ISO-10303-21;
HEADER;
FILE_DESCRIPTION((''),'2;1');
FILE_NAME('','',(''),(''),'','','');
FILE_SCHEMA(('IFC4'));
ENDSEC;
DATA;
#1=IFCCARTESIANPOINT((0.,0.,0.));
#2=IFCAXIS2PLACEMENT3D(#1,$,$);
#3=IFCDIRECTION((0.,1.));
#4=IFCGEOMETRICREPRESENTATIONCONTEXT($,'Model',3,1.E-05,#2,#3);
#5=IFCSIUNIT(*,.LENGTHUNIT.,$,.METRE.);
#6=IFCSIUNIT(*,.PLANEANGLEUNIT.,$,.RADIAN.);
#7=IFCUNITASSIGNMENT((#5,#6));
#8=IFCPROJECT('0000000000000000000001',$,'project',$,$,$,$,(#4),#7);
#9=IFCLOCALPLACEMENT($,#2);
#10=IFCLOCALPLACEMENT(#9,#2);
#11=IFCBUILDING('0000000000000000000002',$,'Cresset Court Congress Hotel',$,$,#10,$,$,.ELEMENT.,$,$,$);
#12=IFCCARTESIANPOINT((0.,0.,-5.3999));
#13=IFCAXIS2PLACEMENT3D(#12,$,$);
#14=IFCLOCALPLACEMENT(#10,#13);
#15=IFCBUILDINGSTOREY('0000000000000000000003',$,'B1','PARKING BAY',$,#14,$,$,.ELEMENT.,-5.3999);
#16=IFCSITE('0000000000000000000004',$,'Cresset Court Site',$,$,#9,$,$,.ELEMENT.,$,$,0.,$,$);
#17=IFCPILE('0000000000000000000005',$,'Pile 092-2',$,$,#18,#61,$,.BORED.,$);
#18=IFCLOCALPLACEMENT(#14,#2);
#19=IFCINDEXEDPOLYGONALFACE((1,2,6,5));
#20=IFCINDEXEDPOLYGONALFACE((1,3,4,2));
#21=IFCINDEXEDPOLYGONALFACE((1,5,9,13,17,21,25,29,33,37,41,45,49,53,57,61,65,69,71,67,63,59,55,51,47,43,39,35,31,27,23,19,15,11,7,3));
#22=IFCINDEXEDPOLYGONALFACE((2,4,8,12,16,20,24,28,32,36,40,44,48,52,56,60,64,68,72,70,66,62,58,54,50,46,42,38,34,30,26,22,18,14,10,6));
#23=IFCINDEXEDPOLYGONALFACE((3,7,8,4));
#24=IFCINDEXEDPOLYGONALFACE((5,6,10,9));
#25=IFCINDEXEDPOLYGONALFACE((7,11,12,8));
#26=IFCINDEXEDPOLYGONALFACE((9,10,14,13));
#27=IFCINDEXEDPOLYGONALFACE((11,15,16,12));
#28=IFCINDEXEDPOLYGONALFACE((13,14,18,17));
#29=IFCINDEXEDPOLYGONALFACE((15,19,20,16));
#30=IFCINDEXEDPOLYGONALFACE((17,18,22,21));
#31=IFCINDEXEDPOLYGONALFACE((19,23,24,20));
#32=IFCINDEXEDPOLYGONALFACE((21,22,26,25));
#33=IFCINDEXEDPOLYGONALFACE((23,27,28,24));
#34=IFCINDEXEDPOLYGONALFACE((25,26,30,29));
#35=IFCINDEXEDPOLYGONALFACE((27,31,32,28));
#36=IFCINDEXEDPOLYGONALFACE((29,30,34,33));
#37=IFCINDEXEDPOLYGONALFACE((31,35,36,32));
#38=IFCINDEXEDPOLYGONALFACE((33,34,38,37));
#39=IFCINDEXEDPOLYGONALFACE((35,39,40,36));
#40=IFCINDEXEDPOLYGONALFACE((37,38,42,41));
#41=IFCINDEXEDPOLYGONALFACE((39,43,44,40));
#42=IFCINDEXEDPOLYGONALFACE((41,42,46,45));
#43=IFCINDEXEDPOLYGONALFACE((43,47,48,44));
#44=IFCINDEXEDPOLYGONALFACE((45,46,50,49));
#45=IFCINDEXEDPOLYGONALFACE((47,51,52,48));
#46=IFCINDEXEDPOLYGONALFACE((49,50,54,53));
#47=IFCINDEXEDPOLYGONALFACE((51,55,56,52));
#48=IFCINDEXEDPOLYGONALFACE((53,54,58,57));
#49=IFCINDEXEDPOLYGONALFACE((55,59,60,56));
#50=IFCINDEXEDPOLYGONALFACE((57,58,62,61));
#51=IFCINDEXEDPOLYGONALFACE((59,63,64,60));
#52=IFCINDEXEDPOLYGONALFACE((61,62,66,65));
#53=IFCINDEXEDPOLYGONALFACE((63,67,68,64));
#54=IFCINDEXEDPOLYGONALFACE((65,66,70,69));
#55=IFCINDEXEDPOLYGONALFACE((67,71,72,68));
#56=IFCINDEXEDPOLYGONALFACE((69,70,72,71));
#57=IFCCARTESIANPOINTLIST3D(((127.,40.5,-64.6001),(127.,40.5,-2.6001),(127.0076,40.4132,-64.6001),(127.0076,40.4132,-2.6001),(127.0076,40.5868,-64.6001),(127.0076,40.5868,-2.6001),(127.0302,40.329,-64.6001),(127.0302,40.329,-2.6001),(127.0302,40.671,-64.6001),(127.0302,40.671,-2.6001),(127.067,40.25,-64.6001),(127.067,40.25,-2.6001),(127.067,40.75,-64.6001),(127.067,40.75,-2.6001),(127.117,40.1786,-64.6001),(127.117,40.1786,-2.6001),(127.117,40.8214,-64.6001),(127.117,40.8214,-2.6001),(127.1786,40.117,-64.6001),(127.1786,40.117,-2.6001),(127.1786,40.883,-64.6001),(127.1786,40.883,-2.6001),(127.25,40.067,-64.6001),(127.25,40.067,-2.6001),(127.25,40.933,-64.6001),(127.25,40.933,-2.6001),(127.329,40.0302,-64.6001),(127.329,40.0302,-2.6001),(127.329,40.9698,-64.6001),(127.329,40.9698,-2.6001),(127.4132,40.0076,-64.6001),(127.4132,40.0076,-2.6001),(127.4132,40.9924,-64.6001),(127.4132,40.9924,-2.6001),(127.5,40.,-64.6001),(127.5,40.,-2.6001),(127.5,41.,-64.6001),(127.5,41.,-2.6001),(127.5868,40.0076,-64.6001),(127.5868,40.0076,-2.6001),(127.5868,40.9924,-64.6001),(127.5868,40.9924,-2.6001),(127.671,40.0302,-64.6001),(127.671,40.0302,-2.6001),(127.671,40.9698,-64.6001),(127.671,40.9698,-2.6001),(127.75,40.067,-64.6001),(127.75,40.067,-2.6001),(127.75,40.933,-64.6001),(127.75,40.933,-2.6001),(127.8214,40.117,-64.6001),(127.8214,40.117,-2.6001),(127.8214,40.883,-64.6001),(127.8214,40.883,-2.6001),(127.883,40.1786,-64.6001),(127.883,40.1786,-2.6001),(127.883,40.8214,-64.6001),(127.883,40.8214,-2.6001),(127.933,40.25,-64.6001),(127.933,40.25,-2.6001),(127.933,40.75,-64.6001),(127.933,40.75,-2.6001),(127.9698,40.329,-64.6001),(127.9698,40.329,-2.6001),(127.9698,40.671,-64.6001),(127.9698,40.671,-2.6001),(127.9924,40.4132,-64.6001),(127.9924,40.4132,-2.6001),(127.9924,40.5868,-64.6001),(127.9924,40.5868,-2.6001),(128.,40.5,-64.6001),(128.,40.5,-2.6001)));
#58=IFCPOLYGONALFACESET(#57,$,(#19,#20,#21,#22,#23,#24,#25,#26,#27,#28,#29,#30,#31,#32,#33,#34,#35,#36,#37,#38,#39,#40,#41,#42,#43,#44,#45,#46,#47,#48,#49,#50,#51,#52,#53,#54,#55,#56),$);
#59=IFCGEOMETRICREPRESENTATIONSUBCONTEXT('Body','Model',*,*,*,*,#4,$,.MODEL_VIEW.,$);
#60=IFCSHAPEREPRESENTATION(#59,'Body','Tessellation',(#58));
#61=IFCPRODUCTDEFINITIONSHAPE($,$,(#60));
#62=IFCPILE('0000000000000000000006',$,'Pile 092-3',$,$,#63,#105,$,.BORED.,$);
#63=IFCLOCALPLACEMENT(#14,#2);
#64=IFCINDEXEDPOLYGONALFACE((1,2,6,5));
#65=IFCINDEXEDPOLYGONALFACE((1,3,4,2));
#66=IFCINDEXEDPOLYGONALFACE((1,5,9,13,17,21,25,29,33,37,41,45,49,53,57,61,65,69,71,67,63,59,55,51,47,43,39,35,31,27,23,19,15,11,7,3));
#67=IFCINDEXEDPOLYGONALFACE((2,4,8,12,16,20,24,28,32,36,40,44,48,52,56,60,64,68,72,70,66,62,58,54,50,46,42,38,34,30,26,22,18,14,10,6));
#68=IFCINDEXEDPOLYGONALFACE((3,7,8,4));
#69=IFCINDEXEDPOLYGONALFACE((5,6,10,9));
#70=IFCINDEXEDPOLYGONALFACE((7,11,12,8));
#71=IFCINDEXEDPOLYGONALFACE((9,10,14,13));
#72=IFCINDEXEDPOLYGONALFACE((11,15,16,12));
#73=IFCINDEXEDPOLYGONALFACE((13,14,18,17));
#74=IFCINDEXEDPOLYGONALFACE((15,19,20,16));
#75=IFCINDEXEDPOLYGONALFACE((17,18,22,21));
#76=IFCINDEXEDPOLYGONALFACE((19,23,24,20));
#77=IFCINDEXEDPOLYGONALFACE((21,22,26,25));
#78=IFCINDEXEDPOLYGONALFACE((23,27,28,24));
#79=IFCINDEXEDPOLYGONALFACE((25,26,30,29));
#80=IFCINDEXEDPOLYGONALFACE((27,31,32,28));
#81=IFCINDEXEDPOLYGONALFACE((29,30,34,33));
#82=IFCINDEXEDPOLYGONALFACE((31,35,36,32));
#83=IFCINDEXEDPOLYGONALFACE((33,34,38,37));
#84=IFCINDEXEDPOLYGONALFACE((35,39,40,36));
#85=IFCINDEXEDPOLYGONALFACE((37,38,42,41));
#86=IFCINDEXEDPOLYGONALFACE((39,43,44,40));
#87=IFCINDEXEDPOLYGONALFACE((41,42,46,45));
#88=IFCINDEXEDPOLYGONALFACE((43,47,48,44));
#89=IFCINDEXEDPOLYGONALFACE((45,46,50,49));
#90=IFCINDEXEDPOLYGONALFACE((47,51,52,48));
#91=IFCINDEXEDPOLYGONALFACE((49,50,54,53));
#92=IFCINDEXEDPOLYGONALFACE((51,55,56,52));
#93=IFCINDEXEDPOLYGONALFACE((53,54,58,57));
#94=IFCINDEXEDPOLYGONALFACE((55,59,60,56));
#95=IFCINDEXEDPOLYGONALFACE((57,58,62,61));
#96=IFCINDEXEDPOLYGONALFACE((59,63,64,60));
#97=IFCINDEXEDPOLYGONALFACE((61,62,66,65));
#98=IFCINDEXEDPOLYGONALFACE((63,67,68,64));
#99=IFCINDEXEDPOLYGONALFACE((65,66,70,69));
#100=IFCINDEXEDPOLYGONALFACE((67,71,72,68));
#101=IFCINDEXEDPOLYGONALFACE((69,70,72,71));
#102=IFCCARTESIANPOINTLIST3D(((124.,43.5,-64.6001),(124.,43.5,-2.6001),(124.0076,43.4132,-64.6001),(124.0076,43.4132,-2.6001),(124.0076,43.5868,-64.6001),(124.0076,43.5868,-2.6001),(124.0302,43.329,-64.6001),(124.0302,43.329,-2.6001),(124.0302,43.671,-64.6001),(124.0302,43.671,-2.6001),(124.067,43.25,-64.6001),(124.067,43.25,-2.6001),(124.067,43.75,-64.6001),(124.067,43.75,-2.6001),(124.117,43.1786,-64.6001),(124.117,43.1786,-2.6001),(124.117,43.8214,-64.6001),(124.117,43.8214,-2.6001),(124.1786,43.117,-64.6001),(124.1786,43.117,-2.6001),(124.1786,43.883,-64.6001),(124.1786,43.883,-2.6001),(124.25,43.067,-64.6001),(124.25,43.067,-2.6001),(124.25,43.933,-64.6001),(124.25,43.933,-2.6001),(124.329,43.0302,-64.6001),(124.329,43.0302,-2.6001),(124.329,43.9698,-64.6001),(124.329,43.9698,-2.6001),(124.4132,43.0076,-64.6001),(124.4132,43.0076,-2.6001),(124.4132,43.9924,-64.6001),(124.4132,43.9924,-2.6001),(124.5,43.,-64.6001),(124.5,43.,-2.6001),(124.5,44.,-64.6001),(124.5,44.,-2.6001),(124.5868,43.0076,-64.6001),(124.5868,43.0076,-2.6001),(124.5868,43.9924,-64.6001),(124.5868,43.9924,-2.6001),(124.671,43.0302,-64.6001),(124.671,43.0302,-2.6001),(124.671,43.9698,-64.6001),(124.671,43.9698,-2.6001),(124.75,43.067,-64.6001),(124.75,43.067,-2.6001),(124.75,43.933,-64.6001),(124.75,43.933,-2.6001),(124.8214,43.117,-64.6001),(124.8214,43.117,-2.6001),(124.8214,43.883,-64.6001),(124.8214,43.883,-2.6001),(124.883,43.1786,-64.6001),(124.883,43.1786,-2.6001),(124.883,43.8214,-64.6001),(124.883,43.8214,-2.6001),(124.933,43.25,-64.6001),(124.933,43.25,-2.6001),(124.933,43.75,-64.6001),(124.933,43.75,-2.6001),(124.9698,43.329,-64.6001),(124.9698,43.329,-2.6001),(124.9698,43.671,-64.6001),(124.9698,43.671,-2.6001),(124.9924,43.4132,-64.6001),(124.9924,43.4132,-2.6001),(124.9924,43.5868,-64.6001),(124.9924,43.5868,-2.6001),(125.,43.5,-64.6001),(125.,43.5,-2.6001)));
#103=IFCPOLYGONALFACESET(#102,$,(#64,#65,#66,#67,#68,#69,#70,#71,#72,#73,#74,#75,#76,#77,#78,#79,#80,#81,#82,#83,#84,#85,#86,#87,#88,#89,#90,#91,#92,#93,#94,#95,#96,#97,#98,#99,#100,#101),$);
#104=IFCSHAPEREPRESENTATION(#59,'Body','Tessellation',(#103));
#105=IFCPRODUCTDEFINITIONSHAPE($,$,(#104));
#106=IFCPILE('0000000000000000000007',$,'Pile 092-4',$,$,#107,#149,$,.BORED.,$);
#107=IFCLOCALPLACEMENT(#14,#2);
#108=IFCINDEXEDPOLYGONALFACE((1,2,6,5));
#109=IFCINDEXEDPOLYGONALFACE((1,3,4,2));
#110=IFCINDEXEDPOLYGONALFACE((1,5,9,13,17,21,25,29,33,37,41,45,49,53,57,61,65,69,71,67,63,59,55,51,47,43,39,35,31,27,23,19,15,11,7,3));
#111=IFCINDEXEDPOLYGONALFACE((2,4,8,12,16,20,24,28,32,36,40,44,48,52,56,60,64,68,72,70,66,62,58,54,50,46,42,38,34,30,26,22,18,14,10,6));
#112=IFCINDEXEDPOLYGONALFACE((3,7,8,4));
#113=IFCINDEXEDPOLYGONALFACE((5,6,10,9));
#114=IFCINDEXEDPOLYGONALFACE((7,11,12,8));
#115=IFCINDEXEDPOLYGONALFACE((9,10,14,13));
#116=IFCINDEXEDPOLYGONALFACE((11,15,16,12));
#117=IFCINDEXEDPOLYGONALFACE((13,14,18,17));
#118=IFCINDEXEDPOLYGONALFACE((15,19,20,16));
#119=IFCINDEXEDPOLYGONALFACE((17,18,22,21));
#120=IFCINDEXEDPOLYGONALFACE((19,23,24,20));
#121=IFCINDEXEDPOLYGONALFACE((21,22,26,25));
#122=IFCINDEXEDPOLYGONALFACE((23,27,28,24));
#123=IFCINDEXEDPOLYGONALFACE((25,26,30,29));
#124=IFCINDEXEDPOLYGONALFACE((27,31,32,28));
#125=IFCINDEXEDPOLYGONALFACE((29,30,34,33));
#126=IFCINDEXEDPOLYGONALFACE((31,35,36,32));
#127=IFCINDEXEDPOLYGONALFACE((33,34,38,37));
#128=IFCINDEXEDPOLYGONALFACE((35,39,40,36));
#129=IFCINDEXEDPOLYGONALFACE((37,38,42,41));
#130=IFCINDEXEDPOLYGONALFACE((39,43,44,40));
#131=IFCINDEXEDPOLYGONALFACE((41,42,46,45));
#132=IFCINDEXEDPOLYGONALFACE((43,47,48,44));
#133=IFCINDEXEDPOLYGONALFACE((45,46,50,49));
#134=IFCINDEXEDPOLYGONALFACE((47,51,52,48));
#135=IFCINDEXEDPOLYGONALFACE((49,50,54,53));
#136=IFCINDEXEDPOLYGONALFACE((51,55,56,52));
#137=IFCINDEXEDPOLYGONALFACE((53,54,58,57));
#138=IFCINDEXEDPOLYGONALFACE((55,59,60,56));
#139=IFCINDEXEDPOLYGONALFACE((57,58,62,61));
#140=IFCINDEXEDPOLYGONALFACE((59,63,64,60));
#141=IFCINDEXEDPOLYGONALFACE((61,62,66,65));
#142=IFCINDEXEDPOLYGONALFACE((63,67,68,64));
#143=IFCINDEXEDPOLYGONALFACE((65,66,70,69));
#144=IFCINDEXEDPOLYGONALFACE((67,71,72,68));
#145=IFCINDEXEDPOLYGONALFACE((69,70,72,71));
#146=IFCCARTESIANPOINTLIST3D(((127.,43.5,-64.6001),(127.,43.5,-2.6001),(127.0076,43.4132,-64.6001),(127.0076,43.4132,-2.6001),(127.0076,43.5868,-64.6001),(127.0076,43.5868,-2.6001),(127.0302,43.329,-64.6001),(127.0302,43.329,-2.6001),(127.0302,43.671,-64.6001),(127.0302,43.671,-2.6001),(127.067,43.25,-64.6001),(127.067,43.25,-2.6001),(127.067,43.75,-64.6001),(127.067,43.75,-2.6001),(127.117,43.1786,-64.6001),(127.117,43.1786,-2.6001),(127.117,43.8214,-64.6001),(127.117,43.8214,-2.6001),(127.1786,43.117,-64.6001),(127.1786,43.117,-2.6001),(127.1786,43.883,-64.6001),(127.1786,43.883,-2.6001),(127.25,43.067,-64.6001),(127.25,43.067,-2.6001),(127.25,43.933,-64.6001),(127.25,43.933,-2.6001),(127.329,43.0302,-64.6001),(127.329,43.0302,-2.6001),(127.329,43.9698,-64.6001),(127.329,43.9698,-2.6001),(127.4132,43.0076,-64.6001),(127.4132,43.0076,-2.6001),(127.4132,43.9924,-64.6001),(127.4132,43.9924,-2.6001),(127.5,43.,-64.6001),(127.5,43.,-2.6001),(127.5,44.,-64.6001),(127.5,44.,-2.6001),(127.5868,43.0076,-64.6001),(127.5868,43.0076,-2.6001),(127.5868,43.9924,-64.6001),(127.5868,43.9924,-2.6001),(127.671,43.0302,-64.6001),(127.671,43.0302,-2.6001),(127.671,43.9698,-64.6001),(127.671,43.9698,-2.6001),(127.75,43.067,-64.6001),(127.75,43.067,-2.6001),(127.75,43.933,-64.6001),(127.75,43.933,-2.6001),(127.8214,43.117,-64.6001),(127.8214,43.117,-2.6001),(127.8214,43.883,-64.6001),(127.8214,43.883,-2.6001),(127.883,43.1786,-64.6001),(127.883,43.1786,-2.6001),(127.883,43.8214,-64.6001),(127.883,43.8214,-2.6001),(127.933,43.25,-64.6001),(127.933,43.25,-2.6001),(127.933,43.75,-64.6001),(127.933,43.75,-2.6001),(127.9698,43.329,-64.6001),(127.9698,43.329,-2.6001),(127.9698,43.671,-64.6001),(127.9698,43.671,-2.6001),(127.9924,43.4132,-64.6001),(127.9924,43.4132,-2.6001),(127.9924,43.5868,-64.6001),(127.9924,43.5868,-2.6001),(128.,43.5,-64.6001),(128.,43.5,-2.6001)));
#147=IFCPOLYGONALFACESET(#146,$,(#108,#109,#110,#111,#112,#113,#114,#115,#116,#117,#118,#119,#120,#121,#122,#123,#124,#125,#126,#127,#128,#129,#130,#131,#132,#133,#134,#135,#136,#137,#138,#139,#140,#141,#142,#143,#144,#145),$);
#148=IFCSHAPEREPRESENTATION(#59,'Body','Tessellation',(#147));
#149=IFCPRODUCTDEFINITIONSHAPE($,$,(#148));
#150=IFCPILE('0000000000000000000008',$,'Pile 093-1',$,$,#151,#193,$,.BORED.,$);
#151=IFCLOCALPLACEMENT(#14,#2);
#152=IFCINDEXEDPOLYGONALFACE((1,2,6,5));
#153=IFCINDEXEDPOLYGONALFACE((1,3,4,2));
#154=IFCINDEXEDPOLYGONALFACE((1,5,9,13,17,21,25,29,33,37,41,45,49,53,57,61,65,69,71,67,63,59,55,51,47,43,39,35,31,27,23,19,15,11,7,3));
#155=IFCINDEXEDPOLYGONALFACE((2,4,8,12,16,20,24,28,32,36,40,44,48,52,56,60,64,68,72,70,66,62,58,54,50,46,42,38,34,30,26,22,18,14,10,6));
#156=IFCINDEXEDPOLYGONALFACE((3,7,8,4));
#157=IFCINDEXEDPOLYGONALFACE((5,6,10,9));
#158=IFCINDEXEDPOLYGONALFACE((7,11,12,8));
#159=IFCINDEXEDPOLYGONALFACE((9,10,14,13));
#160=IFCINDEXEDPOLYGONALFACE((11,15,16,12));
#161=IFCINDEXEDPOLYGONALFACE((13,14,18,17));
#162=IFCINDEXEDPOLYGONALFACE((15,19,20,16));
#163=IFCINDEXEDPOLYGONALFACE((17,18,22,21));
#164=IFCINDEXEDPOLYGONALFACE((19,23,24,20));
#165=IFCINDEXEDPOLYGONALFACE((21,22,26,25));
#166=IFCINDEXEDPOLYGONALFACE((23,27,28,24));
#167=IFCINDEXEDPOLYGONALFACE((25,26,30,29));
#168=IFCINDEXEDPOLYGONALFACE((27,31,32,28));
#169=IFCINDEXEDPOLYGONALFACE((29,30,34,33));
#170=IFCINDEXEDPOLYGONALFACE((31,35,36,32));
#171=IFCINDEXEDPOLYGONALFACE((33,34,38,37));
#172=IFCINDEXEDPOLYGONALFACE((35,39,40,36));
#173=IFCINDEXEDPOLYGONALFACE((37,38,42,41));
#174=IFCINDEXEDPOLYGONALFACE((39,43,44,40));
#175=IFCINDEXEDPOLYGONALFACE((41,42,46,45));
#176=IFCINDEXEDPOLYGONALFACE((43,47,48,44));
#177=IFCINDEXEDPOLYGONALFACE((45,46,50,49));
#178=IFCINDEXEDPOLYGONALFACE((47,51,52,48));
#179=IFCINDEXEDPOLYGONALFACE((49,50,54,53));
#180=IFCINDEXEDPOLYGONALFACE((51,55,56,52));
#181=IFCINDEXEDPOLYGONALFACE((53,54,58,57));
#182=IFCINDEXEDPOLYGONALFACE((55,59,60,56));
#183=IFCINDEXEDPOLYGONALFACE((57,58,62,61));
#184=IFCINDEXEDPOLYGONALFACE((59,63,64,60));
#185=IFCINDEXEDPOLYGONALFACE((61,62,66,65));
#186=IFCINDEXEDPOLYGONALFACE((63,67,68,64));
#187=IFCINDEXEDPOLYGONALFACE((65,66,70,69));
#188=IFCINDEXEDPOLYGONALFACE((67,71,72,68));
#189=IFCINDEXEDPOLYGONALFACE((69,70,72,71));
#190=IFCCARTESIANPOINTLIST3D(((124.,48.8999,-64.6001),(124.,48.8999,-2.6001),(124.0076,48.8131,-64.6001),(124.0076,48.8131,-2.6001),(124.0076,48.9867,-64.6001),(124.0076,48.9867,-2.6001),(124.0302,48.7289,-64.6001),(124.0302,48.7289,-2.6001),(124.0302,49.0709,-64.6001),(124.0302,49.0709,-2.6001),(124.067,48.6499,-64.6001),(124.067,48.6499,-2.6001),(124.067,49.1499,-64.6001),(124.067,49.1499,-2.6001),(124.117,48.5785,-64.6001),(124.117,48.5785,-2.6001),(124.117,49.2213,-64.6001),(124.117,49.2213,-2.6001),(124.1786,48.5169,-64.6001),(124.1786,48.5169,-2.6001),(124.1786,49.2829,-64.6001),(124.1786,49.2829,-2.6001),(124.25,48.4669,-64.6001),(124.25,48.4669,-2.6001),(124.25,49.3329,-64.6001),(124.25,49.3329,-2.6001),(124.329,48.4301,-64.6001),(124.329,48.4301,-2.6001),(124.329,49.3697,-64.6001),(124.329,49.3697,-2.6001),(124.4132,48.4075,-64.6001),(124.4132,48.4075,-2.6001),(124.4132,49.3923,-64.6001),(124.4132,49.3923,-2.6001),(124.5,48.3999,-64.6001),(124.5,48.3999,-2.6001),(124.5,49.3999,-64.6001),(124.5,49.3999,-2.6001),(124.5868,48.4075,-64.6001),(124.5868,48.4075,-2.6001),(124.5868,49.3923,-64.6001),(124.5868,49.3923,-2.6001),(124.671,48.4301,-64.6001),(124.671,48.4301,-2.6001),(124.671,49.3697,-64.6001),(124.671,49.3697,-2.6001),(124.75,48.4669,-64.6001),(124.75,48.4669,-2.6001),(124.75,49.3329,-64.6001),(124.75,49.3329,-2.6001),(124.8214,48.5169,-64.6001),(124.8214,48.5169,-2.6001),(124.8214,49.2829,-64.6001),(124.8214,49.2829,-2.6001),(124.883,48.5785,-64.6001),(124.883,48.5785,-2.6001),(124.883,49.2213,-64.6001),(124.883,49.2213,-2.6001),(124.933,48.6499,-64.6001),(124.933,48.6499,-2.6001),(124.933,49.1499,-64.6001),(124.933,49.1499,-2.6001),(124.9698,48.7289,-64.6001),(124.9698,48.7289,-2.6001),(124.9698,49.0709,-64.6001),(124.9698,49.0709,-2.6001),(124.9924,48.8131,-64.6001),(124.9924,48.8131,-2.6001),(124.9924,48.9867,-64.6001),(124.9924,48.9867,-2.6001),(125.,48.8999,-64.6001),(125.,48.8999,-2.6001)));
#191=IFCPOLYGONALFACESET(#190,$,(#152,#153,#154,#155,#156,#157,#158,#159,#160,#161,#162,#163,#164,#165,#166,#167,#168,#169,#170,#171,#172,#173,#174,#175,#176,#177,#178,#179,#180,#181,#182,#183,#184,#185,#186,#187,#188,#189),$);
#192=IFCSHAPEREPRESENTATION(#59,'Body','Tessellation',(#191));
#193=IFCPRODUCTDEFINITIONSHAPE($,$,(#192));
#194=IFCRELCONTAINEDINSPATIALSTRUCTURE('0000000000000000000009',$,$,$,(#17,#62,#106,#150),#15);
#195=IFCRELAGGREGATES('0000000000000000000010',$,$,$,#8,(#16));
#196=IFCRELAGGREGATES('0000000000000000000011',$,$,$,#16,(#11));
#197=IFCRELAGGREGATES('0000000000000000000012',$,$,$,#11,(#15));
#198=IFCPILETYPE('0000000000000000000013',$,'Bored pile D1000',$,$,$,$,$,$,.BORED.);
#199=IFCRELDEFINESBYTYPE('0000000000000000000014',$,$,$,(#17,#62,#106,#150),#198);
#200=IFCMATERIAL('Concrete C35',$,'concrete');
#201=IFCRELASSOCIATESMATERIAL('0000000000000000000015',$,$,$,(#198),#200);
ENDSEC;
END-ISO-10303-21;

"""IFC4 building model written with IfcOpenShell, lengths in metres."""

from ifc_helpers import new_model, si_unit, direction, frame, origin, origin_2d, place, context, subcontext, project, spatial, circle, extrude, material, type_object, element, save


model = new_model("IFC4")

# Units and contexts
model_context = context("Model", 3, precision=1e-05, world=origin(), true_north=direction((0.0, 1.0)))
body_context = subcontext(model_context, "Body", "Model", "MODEL_VIEW")
ifc_project = project(units=[si_unit("LENGTHUNIT", "METRE"), si_unit("PLANEANGLEUNIT", "RADIAN")], contexts=[model_context])

# Site, building, storey
site_placement = place(None, origin())
site = spatial("IfcSite", under=ifc_project, at=site_placement, Name="Cresset Court Site", CompositionType="ELEMENT", RefElevation=0.0)
building_placement = place(site_placement, origin())
building = spatial("IfcBuilding", under=site, at=building_placement, Name="Cresset Court Congress Hotel", CompositionType="ELEMENT")
storey_placement = place(building_placement, frame((0.0, 0.0, -5.3999)))
storey = spatial("IfcBuildingStorey", under=building, at=storey_placement, Name="B1", Description="PARKING BAY", CompositionType="ELEMENT", Elevation=-5.3999)

# Piles
ifc_material_1 = material(Name="Concrete C35", Category="concrete")
pile_type = type_object("IfcPileType", Name="Bored pile D1000", PredefinedType="BORED", material=ifc_material_1)
for number, where, z_axis, x_axis, name in (
    (1, (127.5, 40.5, -2.6001), (0.0, 0.0, -1.0), (1.0, 0.0, 0.0), "Pile 092-2"),
    (2, (124.5, 43.5, -2.6001), (0.0, 0.0, -1.0), (1.0, 0.0, 0.0), "Pile 092-3"),
    (3, (127.5, 43.5, -2.6001), (0.0, 0.0, -1.0), (1.0, 0.0, 0.0), "Pile 092-4"),
    (4, (124.5, 48.8999, -2.6001), (0.0, 0.0, -1.0), (1.0, 0.0, 0.0), "Pile 093-1"),
):
    element("IfcPile", number, at=place(storey_placement, frame(where, z_axis=z_axis, x_axis=x_axis)), inside=storey, type_object=pile_type, Name=name, PredefinedType="BORED", context=body_context, shape_type="SweptSolid", body=[
        extrude(circle(Radius=0.5, at=origin_2d()), origin(), (0.0, 0.0, 1.0), 62.0),
    ])

save(model, "model.ifc")
